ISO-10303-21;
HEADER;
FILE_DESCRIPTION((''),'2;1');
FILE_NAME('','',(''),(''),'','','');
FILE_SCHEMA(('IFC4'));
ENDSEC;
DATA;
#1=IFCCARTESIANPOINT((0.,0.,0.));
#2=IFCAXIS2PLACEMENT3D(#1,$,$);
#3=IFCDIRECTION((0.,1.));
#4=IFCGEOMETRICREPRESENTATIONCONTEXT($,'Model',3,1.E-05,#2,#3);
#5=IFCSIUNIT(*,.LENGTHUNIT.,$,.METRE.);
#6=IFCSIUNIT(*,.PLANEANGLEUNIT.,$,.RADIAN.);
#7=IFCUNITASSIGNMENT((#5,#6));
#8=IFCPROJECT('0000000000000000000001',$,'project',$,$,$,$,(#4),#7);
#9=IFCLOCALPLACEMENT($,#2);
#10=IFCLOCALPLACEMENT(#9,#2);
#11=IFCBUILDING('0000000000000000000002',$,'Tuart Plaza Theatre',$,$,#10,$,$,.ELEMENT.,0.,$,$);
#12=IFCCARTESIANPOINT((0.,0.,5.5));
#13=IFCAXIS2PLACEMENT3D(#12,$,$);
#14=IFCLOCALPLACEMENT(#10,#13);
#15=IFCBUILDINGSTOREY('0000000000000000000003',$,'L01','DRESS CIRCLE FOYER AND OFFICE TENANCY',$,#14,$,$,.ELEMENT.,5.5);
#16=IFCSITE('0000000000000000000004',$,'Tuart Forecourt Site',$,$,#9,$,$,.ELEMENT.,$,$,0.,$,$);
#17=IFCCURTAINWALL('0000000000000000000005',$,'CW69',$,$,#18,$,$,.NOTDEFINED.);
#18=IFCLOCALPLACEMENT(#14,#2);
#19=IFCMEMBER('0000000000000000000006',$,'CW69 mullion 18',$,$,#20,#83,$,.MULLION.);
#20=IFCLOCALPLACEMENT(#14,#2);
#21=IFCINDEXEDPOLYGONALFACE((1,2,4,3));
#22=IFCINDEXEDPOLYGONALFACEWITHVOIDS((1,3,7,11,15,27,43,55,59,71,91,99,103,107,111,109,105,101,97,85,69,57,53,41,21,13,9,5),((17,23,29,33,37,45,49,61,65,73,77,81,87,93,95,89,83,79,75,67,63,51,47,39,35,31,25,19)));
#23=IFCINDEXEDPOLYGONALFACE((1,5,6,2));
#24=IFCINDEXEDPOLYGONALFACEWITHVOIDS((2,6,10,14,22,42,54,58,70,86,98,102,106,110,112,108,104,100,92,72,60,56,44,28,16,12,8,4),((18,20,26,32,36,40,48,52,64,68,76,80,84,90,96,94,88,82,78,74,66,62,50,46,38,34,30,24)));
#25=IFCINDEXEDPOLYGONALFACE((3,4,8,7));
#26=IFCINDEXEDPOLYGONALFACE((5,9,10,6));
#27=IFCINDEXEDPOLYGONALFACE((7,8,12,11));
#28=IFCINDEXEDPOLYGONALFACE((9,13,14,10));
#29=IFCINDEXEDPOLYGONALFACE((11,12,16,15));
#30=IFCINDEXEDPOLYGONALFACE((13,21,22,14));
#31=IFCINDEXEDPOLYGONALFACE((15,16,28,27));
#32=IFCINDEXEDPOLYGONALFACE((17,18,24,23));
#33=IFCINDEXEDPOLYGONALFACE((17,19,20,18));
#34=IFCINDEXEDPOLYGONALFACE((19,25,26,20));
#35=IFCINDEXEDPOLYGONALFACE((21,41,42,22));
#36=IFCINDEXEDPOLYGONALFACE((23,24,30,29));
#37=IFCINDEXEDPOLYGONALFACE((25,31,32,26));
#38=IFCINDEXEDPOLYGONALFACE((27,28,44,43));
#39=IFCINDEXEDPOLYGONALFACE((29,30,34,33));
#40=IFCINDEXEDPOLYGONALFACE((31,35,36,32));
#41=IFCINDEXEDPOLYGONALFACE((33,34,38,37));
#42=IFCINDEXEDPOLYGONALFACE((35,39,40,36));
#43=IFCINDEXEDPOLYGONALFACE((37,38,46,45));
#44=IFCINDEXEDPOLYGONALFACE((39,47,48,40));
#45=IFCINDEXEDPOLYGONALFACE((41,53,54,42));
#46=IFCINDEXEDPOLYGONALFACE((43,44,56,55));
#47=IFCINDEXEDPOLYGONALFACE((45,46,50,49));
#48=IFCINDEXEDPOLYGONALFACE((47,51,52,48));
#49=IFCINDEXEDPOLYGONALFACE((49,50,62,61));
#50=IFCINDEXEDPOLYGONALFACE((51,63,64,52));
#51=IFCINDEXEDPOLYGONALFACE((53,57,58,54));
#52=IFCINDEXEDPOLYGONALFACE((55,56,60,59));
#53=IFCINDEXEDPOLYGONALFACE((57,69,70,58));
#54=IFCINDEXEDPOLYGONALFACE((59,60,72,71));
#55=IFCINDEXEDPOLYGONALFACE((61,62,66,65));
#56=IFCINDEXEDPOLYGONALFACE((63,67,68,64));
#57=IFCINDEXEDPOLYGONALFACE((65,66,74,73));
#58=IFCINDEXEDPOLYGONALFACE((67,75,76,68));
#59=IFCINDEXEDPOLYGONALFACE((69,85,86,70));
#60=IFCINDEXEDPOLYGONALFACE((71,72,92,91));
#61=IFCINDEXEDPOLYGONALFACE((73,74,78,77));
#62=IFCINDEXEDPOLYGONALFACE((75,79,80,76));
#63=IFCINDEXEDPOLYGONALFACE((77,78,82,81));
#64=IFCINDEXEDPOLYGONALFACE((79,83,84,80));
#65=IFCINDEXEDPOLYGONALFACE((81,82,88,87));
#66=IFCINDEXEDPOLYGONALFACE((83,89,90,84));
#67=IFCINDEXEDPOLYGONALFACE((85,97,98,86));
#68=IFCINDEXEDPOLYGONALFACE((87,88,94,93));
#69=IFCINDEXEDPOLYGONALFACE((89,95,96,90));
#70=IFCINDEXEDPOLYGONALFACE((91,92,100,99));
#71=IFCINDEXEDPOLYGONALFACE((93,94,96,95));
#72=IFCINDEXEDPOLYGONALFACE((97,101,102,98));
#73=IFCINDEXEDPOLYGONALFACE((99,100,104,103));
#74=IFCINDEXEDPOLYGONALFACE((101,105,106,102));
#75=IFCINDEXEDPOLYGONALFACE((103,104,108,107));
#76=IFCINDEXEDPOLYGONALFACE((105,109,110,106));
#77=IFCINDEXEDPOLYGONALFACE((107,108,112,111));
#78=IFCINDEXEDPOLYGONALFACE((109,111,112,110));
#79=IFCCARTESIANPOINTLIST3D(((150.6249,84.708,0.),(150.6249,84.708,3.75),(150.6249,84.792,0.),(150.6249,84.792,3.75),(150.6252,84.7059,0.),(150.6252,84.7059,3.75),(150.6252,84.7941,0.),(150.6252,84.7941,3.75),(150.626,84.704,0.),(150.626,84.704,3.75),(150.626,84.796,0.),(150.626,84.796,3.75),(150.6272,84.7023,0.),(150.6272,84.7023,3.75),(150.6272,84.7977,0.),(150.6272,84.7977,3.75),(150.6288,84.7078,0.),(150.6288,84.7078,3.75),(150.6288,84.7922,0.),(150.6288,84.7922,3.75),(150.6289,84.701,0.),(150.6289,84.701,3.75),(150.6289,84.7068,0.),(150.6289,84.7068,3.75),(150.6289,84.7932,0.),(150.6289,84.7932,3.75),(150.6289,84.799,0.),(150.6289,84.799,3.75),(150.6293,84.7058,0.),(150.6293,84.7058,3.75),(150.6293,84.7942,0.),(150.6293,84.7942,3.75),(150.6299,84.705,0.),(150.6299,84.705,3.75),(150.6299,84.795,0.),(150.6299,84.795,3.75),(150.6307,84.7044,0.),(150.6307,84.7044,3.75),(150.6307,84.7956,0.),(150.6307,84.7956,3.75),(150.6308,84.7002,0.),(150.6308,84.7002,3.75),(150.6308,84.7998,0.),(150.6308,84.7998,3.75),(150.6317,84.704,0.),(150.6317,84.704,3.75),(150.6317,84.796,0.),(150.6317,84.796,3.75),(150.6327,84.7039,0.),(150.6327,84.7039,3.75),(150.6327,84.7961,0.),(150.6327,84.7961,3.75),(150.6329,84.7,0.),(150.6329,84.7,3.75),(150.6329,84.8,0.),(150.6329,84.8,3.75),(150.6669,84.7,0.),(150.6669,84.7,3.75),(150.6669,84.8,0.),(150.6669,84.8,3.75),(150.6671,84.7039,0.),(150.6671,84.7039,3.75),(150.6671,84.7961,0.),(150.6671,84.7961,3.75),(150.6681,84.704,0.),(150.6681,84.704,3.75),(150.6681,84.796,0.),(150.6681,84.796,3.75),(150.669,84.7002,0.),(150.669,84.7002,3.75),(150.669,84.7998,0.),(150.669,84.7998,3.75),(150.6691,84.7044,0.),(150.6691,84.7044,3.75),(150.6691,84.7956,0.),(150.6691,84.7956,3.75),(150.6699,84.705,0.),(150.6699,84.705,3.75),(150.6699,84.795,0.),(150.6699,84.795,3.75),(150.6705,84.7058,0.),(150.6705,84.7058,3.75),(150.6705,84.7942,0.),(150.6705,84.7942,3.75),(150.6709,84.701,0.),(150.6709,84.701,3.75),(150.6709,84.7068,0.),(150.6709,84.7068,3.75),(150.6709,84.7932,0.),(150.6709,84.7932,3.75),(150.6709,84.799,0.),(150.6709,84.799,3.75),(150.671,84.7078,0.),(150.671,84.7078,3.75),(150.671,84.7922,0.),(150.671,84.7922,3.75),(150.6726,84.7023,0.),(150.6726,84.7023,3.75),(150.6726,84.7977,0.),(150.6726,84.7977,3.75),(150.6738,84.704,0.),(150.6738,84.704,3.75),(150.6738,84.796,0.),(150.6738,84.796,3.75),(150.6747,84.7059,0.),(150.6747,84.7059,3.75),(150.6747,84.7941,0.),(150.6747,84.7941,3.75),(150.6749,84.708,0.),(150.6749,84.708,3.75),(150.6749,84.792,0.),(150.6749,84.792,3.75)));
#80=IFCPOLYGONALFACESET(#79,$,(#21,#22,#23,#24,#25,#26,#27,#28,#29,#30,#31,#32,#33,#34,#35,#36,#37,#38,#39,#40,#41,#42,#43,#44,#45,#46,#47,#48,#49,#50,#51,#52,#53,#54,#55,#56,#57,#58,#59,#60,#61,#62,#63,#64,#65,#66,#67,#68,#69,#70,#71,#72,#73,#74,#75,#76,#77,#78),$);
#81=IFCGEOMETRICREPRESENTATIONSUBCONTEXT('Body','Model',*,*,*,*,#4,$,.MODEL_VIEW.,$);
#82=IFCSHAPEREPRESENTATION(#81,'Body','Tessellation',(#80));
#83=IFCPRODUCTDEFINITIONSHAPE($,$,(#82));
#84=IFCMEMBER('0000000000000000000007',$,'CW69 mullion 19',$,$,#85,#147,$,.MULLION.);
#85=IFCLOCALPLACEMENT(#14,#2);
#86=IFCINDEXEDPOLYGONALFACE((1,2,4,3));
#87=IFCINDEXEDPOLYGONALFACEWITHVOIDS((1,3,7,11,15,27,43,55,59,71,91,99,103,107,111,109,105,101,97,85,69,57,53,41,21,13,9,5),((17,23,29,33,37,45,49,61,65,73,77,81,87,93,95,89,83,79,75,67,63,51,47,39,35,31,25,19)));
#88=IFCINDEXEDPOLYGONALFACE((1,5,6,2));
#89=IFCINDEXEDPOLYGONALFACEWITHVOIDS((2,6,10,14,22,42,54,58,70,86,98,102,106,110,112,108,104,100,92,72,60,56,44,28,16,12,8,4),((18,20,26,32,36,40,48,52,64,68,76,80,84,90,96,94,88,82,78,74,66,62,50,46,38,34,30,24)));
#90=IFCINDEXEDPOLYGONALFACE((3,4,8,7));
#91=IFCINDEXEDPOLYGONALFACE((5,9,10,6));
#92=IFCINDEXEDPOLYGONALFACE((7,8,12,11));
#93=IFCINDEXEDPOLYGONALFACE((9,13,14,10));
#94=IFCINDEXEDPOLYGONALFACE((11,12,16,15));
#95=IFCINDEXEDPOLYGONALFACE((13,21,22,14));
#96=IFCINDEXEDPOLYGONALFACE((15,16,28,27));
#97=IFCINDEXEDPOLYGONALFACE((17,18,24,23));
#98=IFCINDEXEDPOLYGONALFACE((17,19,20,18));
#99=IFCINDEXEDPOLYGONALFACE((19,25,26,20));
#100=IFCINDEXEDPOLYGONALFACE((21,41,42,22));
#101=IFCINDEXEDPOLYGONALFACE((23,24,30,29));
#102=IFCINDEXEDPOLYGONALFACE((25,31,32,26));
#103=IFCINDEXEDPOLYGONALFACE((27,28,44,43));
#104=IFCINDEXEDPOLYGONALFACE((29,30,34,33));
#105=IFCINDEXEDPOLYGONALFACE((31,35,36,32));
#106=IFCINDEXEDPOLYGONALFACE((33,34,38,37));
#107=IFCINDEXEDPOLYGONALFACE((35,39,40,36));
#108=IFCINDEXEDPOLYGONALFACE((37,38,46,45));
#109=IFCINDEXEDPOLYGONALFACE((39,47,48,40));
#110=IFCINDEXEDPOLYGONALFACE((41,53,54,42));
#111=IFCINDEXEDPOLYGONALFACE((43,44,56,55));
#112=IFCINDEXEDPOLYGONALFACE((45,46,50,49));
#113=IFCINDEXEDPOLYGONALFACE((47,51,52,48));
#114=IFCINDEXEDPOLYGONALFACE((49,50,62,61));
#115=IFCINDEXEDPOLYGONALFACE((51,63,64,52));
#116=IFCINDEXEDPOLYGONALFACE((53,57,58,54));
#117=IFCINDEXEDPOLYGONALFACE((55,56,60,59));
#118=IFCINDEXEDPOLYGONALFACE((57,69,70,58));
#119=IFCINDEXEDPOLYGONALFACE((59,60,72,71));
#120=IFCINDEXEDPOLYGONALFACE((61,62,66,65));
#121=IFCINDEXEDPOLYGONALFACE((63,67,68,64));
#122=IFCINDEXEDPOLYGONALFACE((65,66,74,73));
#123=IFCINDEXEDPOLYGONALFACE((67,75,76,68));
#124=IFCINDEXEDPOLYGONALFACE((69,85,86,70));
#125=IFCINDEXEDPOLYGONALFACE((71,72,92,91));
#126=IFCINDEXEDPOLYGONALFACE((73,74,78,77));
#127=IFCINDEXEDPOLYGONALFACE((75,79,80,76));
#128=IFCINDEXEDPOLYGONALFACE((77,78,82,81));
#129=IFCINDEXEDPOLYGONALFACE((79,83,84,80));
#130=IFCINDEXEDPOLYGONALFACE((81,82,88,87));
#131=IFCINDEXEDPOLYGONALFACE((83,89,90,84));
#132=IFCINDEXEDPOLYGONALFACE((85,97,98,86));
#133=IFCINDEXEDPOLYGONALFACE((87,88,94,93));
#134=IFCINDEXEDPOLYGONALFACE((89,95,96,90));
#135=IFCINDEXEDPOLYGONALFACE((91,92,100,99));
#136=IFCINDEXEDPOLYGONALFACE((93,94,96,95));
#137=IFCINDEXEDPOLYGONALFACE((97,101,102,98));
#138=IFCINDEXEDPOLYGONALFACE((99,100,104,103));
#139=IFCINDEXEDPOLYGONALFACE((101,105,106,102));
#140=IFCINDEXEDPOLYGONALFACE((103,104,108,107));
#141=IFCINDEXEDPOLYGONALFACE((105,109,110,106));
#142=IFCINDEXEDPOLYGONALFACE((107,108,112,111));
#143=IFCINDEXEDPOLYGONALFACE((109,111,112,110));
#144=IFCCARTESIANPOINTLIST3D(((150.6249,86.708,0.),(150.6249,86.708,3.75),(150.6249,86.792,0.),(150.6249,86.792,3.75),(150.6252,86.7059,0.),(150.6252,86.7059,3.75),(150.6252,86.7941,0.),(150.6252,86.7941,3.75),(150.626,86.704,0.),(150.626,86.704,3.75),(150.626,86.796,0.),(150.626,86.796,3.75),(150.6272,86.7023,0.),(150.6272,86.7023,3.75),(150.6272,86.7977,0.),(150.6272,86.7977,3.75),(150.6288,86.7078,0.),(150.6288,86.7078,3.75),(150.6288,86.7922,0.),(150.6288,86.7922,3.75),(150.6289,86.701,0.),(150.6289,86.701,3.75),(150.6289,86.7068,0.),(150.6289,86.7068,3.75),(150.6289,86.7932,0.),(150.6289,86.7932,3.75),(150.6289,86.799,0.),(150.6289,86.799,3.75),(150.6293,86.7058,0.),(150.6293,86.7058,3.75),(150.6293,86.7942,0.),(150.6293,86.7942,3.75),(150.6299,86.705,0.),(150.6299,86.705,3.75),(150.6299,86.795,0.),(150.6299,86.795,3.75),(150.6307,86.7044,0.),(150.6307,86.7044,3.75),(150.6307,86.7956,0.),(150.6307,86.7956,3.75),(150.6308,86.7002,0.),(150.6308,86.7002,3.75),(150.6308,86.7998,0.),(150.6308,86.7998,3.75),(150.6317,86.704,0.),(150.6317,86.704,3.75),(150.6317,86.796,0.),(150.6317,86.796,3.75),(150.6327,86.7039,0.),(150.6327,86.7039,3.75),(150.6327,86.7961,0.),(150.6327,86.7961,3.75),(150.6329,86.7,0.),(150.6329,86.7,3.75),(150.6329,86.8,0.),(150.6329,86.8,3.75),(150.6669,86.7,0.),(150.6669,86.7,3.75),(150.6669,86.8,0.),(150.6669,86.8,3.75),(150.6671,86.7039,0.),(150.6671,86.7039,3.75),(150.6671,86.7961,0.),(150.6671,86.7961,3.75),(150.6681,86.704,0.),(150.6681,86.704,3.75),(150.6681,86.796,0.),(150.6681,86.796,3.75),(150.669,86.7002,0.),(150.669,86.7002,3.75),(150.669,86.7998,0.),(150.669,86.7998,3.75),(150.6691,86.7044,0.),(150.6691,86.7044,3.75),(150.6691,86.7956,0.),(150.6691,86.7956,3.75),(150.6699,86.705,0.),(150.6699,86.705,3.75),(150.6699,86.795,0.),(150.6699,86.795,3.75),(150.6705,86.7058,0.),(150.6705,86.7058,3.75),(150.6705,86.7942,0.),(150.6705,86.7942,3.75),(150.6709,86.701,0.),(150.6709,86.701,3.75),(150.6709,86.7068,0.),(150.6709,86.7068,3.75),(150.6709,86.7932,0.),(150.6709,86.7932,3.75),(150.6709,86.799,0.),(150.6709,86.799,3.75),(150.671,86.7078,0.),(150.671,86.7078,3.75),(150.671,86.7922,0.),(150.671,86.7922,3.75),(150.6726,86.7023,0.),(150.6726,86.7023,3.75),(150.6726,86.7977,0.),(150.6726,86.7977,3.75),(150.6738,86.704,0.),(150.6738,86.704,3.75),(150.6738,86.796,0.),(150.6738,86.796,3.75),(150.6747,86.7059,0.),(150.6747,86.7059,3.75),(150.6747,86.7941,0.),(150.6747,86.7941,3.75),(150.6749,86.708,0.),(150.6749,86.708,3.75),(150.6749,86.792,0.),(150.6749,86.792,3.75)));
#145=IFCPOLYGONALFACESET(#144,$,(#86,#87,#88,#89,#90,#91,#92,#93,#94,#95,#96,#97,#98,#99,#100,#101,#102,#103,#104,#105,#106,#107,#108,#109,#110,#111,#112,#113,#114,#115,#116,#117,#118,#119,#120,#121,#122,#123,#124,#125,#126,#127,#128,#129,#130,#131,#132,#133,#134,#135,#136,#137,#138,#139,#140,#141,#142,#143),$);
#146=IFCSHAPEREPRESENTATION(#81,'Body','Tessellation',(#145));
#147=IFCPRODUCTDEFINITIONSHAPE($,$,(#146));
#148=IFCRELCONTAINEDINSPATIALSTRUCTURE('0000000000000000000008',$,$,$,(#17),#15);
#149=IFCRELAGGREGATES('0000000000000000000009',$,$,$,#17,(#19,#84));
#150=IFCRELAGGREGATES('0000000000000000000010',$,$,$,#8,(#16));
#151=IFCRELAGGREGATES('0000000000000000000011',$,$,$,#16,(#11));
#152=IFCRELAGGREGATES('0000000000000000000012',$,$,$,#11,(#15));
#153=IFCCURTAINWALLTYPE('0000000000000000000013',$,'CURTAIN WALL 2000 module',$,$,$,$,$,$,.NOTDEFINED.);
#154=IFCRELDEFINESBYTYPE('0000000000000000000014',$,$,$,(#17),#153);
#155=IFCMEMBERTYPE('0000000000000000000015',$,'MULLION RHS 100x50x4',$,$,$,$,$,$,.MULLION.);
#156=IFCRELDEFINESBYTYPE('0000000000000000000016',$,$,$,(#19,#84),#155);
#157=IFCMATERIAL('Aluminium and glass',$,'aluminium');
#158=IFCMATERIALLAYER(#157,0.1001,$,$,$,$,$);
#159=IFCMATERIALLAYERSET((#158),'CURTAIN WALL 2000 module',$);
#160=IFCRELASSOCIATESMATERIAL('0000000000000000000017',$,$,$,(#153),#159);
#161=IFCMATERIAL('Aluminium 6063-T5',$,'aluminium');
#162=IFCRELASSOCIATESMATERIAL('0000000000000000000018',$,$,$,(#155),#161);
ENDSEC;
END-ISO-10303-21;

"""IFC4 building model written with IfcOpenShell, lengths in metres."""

from ifc_helpers import new_model, si_unit, direction, frame, origin, origin_2d, place, context, subcontext, project, spatial, hollow_rectangle, extrude, material, layer, layer_set, material_profile, profile_set, type_object, element, aggregate, save


model = new_model("IFC4")

# Units and contexts
model_context = context("Model", 3, precision=1e-05, world=origin(), true_north=direction((0.0, 1.0)))
body_context = subcontext(model_context, "Body", "Model", "MODEL_VIEW")
ifc_project = project(units=[si_unit("LENGTHUNIT", "METRE"), si_unit("PLANEANGLEUNIT", "RADIAN")], contexts=[model_context])

# Site, building, storey
site_placement = place(None, origin())
site = spatial("IfcSite", under=ifc_project, at=site_placement, Name="Tuart Forecourt Site", CompositionType="ELEMENT", RefElevation=0.0)
building_placement = place(site_placement, origin())
building = spatial("IfcBuilding", under=site, at=building_placement, Name="Tuart Plaza Theatre", CompositionType="ELEMENT", ElevationOfRefHeight=0.0)
storey_placement = place(building_placement, frame((0.0, 0.0, 5.5)))
storey = spatial("IfcBuildingStorey", under=building, at=storey_placement, Name="L01", Description="DRESS CIRCLE FOYER AND OFFICE TENANCY", CompositionType="ELEMENT", Elevation=5.5)

# Curtain wall, members
ifc_material_1 = material(Name="Aluminium and glass", Category="aluminium")
ifc_layer_1 = layer(ifc_material_1, 0.1001)
ifc_layer_set_1 = layer_set([ifc_layer_1], Name="CURTAIN WALL 2000 module")
curtain_wall_type = type_object("IfcCurtainWallType", Name="CURTAIN WALL 2000 module", PredefinedType="NOTDEFINED", material=ifc_layer_set_1)
curtain_wall_placement = place(storey_placement, origin())
curtain_wall = element("IfcCurtainWall", 1, at=curtain_wall_placement, inside=storey, type_object=curtain_wall_type, Name="CW69", PredefinedType="NOTDEFINED")
ifc_material_2 = material(Name="Aluminium 6063-T5", Category="aluminium")
ifc_material_profile_1 = material_profile(ifc_material_2, hollow_rectangle(XDim=0.05, YDim=0.1001, WallThickness=0.0039, InnerFilletRadius=0.0039, OuterFilletRadius=0.0081, at=origin_2d()), Name="RHS 100x50x4")
ifc_profile_set_1 = profile_set([ifc_material_profile_1], Name="Aluminium 6063-T5")
member_type_1 = type_object("IfcMemberType", Name="MULLION RHS 100x50x4", PredefinedType="MULLION", material=ifc_profile_set_1)
member_1_placement = place(storey_placement, frame((150.6499, 84.75, 0.0), z_axis=(0.0, 0.0, 1.0), x_axis=(-1.0, 0.0, 0.0)))
member_1 = element("IfcMember", 2, at=member_1_placement, type_object=member_type_1, Name="CW69 mullion 18", PredefinedType="MULLION", context=body_context, shape_type="SweptSolid", body=[
    extrude(hollow_rectangle(XDim=0.05, YDim=0.1001, WallThickness=0.0039, InnerFilletRadius=0.0039, OuterFilletRadius=0.0081, at=origin_2d()), origin(), (0.0, 0.0, 1.0), 3.75),
])
member_2_placement = place(storey_placement, frame((150.6499, 86.75, 0.0), z_axis=(0.0, 0.0, 1.0), x_axis=(-1.0, 0.0, 0.0)))
member_2 = element("IfcMember", 3, at=member_2_placement, type_object=member_type_1, Name="CW69 mullion 19", PredefinedType="MULLION", context=body_context, shape_type="SweptSolid", body=[
    extrude(hollow_rectangle(XDim=0.05, YDim=0.1001, WallThickness=0.0039, InnerFilletRadius=0.0039, OuterFilletRadius=0.0081, at=origin_2d()), origin(), (0.0, 0.0, 1.0), 3.75),
])
aggregate(curtain_wall, [member_1, member_2])

save(model, "model.ifc")
